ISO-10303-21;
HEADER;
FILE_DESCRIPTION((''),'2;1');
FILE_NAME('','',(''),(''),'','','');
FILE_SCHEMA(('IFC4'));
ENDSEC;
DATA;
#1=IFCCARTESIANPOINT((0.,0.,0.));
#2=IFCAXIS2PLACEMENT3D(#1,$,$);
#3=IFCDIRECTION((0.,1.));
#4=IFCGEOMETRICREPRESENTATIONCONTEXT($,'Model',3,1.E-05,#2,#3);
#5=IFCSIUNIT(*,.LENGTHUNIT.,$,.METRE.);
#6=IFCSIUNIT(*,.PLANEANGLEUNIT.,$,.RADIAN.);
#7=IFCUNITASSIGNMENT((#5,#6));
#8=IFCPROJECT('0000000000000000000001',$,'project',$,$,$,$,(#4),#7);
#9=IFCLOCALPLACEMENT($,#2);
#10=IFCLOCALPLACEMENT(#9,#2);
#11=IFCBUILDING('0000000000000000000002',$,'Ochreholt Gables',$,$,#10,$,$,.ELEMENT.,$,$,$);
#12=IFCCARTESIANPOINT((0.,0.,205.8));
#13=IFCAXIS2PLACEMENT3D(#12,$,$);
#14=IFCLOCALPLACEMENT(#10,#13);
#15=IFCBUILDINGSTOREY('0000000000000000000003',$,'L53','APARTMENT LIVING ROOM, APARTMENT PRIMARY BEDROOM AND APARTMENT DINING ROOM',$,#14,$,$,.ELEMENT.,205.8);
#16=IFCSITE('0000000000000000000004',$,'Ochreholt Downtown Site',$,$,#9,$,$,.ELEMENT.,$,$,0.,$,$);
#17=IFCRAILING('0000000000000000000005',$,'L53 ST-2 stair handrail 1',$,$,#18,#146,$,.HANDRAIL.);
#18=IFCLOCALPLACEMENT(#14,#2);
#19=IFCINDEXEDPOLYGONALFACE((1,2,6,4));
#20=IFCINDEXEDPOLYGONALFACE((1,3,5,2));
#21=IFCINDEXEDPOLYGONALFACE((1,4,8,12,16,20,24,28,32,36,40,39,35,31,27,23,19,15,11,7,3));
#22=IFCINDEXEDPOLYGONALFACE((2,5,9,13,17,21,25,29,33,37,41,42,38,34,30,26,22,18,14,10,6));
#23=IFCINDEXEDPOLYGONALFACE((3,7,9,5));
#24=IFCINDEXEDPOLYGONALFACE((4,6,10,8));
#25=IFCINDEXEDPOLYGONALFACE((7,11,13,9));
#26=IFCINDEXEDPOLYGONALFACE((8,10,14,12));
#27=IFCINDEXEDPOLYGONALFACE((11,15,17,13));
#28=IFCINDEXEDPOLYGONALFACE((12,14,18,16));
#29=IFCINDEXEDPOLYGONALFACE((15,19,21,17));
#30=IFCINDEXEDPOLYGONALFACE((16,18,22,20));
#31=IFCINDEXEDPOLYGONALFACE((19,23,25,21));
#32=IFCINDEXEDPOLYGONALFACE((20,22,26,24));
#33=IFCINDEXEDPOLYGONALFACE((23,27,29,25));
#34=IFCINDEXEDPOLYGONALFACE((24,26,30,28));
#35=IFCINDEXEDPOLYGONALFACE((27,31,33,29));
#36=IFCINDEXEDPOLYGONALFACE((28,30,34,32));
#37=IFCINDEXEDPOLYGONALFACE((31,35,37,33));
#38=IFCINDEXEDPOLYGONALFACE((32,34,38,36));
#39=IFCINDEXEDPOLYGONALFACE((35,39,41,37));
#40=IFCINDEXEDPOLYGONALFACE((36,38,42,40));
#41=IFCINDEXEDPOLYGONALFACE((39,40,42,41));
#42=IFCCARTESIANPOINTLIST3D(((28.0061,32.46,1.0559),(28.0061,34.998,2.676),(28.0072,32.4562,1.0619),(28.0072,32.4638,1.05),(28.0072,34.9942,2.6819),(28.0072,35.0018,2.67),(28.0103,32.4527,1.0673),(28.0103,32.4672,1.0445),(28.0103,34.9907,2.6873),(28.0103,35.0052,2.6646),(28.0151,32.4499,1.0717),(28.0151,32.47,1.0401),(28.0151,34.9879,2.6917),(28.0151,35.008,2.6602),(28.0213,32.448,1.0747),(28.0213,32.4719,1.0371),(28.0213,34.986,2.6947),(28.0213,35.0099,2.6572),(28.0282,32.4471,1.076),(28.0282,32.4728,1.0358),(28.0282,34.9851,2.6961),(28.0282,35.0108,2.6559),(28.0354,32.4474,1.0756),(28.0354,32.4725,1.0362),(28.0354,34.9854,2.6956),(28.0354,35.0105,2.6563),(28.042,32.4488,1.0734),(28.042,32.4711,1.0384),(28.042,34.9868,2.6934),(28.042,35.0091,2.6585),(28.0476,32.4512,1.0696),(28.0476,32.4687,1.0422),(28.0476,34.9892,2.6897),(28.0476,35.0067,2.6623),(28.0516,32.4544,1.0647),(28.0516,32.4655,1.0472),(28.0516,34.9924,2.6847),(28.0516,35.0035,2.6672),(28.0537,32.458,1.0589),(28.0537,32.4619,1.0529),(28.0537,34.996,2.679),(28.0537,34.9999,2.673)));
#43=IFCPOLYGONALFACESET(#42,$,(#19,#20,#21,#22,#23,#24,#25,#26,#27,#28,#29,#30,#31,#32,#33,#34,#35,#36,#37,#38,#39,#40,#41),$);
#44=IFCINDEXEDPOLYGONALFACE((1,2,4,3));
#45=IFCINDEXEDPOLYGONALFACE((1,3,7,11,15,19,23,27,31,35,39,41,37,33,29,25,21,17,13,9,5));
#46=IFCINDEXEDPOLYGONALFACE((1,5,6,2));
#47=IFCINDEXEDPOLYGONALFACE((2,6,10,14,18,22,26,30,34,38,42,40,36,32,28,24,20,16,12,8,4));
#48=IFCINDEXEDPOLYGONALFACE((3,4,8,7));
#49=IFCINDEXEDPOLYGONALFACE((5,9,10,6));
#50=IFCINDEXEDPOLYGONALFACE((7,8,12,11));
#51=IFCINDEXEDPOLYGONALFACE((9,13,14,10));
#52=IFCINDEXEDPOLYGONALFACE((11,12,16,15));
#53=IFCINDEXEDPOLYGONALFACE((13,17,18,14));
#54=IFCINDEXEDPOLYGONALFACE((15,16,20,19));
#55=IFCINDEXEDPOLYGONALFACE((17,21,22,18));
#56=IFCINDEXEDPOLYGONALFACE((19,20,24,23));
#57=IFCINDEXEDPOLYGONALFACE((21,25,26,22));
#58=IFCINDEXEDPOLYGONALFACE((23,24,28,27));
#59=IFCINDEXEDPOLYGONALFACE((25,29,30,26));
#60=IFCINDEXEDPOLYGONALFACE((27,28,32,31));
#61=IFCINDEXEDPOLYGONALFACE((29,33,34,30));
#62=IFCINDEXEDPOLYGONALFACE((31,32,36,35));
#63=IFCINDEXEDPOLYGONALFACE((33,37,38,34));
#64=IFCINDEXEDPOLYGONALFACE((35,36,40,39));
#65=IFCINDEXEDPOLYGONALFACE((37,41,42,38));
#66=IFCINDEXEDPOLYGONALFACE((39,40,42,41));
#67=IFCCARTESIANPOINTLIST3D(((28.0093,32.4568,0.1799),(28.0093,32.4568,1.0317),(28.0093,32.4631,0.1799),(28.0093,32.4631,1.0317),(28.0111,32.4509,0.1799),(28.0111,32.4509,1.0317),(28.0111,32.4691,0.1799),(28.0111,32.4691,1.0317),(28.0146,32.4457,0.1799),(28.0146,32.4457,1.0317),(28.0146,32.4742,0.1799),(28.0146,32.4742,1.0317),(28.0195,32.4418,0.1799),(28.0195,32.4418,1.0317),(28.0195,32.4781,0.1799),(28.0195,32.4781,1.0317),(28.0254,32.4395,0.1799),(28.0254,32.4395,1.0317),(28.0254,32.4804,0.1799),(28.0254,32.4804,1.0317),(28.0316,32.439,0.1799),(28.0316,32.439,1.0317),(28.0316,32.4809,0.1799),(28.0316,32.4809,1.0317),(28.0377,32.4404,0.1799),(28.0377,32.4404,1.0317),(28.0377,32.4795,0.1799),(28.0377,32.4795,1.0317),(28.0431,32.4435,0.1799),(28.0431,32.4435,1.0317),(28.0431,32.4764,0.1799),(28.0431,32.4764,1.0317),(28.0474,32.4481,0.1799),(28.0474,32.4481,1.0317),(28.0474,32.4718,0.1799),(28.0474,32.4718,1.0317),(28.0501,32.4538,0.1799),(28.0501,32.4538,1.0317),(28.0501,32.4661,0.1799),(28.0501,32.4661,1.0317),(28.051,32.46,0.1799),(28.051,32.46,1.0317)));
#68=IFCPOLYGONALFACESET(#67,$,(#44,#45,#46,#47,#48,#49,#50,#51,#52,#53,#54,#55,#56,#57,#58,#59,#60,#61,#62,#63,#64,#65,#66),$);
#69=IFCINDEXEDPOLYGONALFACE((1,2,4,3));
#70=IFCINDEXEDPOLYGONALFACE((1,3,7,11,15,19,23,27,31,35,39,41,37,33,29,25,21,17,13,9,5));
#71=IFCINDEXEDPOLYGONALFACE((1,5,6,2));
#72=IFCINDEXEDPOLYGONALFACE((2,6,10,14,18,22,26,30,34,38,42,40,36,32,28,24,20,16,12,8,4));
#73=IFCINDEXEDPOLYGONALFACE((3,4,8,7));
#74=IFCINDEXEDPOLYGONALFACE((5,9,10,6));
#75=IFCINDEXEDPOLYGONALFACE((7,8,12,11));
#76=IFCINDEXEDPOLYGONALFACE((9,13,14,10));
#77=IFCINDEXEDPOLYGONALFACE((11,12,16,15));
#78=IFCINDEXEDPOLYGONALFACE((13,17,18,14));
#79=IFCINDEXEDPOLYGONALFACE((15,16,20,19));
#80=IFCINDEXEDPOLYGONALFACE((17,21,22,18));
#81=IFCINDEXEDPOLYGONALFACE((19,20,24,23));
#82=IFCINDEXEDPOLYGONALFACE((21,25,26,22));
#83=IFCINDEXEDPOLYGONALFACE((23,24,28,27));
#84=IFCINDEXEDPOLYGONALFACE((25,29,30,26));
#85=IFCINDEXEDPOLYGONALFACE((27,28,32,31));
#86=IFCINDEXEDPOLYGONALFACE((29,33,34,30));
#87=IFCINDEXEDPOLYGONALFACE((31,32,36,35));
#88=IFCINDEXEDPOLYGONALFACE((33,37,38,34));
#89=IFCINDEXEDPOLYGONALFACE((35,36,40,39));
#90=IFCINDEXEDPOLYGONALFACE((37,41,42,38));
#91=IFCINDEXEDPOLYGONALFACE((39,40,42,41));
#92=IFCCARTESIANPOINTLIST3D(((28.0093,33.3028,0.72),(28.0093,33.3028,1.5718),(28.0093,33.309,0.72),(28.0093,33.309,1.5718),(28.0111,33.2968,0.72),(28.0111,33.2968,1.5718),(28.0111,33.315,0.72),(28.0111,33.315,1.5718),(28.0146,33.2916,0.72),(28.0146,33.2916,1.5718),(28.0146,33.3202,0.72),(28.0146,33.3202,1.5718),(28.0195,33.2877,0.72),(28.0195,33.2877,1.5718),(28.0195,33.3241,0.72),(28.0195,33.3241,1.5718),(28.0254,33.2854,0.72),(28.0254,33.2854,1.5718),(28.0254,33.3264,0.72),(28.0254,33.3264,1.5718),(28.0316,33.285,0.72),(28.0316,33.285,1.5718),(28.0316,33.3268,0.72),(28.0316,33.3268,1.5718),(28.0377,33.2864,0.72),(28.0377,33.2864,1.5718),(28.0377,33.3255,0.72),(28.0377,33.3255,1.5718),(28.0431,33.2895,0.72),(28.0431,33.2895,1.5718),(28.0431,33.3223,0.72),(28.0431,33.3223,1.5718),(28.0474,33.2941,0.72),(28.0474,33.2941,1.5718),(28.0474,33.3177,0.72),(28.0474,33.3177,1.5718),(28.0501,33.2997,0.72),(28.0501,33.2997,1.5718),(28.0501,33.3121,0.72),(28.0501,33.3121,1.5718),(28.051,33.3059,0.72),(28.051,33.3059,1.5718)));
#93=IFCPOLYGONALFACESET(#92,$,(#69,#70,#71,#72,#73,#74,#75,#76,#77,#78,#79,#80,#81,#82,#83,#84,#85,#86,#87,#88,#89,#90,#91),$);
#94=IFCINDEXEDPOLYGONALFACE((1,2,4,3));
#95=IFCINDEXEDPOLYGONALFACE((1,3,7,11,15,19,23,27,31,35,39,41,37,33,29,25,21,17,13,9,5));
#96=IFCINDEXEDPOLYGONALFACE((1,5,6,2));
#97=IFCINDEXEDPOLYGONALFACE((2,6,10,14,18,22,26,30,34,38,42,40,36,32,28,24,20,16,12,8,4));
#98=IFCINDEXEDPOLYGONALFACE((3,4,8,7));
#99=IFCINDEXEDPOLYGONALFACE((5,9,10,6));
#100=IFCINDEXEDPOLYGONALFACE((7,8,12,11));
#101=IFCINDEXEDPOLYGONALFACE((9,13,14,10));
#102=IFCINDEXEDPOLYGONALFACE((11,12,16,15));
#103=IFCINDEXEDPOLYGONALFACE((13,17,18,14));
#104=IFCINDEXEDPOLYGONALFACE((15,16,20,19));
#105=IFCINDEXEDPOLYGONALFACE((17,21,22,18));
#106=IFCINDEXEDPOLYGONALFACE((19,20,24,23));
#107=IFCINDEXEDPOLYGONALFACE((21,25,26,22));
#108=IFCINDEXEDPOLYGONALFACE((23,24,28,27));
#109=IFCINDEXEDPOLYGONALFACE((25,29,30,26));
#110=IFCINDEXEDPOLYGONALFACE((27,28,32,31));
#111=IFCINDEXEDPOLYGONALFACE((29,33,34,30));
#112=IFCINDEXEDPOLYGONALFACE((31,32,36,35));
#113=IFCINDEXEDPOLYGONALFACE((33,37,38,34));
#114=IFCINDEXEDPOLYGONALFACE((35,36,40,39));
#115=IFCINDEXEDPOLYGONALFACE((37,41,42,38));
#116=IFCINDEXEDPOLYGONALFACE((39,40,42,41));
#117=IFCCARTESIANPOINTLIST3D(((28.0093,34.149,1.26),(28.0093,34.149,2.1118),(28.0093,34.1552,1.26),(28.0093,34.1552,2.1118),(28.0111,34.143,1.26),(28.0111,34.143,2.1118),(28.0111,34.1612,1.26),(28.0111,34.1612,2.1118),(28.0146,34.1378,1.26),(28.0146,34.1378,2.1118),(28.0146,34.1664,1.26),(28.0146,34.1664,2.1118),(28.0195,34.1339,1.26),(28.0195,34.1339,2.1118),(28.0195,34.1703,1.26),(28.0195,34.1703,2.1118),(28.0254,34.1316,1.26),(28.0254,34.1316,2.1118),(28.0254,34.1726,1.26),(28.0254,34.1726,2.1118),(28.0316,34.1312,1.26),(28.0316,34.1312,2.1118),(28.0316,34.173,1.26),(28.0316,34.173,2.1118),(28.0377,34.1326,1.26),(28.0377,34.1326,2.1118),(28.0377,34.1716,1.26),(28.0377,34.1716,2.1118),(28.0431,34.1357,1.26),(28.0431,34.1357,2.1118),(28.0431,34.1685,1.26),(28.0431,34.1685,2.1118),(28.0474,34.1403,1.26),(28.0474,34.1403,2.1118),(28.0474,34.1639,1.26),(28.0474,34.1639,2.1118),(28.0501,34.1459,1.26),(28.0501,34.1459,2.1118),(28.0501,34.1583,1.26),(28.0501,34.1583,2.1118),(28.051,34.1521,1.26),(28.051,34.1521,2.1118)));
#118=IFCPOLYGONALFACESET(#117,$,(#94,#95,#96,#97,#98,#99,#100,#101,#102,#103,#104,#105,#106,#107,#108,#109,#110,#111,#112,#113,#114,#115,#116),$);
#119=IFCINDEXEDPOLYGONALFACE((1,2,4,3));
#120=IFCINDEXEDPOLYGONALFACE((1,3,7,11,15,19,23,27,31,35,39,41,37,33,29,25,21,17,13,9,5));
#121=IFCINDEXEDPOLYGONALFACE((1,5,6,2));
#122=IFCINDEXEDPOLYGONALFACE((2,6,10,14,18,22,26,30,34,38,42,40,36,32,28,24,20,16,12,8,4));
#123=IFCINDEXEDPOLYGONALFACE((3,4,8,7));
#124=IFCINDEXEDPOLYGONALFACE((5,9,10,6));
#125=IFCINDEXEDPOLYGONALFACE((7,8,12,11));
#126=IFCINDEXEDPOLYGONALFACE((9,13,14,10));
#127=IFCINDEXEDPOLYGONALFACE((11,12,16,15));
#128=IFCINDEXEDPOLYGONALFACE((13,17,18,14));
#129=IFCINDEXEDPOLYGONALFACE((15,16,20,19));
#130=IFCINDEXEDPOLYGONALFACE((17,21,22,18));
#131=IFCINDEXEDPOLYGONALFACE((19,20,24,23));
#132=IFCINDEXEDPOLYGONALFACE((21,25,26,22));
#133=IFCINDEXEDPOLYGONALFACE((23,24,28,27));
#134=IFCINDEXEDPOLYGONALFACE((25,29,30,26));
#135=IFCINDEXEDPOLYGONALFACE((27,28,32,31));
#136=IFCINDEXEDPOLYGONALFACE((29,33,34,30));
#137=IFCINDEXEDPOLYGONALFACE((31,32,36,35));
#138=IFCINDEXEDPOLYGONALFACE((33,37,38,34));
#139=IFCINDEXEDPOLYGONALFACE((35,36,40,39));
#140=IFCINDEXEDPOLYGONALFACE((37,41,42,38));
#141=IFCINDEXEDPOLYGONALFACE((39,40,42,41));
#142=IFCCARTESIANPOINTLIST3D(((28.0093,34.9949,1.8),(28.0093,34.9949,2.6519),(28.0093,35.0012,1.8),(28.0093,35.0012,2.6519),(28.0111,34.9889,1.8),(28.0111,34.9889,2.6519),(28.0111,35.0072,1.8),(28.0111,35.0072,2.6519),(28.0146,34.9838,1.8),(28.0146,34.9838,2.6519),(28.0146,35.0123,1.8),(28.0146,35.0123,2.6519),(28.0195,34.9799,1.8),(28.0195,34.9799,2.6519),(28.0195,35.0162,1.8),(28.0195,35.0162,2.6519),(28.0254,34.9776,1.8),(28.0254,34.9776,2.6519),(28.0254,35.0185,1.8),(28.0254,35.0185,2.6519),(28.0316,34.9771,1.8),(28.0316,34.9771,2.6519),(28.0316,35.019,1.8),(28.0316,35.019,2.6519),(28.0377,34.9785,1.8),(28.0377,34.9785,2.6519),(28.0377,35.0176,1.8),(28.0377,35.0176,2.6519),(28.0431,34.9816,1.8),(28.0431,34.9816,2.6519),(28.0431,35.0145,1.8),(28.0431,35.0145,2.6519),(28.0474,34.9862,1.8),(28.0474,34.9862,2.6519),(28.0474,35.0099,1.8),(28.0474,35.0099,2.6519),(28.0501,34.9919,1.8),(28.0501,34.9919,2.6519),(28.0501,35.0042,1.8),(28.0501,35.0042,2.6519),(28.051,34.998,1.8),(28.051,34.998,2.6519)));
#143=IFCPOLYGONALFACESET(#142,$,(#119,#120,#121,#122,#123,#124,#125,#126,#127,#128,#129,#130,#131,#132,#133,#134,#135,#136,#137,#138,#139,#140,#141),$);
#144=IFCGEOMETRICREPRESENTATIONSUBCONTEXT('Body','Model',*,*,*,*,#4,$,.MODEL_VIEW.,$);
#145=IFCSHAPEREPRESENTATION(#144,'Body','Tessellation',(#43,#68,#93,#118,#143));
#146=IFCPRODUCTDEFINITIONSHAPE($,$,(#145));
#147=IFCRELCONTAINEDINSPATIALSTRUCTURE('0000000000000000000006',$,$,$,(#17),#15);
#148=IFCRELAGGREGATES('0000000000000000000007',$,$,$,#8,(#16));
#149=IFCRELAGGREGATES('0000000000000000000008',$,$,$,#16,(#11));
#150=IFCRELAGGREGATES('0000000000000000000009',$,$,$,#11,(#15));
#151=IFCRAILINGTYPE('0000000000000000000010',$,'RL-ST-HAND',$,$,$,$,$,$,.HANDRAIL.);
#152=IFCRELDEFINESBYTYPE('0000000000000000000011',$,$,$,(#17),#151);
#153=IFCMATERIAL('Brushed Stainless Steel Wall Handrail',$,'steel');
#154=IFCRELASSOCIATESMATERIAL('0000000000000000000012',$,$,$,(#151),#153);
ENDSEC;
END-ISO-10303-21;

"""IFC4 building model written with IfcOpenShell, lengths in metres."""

from ifc_helpers import new_model, si_unit, direction, frame, origin, origin_2d, place, context, subcontext, project, spatial, circle, extrude, material, type_object, element, save


model = new_model("IFC4")

# Units and contexts
model_context = context("Model", 3, precision=1e-05, world=origin(), true_north=direction((0.0, 1.0)))
body_context = subcontext(model_context, "Body", "Model", "MODEL_VIEW")
ifc_project = project(units=[si_unit("LENGTHUNIT", "METRE"), si_unit("PLANEANGLEUNIT", "RADIAN")], contexts=[model_context])

# Site, building, storey
site_placement = place(None, origin())
site = spatial("IfcSite", under=ifc_project, at=site_placement, Name="Ochreholt Downtown Site", CompositionType="ELEMENT", RefElevation=0.0)
building_placement = place(site_placement, origin())
building = spatial("IfcBuilding", under=site, at=building_placement, Name="Ochreholt Gables", CompositionType="ELEMENT")
storey_placement = place(building_placement, frame((0.0, 0.0, 205.8)))
storey = spatial("IfcBuildingStorey", under=building, at=storey_placement, Name="L53", Description="APARTMENT LIVING ROOM, APARTMENT PRIMARY BEDROOM AND APARTMENT DINING ROOM", CompositionType="ELEMENT", Elevation=205.8)

# Railing
ifc_material_1 = material(Name="Brushed Stainless Steel Wall Handrail", Category="steel")
railing_type_1 = type_object("IfcRailingType", Name="RL-ST-HAND", PredefinedType="HANDRAIL", material=ifc_material_1)
railing_1_placement = place(storey_placement, frame((28.03, 32.46, 0.1799)))
element("IfcRailing", 1, at=railing_1_placement, inside=storey, type_object=railing_type_1, Name="L53 ST-2 stair handrail 1", PredefinedType="HANDRAIL", context=body_context, shape_type="SweptSolid", body=[
    extrude(circle(Radius=0.0239, at=origin_2d()), frame((0.0, 0.0, 0.876), z_axis=(0.0, 0.842913, 0.53805), x_axis=(-1.0, 0.0, 0.0)), (0.0, 0.0, 1.0), 3.011),
    extrude(circle(Radius=0.021, at=origin_2d()), origin(), (0.0, 0.0, 1.0), 0.8518),
    extrude(circle(Radius=0.021, at=origin_2d()), frame((0.0, 0.8459, 0.54)), (0.0, 0.0, 1.0), 0.8518),
    extrude(circle(Radius=0.021, at=origin_2d()), frame((0.0, 1.6921, 1.0801)), (0.0, 0.0, 1.0), 0.8518),
    extrude(circle(Radius=0.021, at=origin_2d()), frame((0.0, 2.5381, 1.6201)), (0.0, 0.0, 1.0), 0.8518),
])

save(model, "model.ifc")
